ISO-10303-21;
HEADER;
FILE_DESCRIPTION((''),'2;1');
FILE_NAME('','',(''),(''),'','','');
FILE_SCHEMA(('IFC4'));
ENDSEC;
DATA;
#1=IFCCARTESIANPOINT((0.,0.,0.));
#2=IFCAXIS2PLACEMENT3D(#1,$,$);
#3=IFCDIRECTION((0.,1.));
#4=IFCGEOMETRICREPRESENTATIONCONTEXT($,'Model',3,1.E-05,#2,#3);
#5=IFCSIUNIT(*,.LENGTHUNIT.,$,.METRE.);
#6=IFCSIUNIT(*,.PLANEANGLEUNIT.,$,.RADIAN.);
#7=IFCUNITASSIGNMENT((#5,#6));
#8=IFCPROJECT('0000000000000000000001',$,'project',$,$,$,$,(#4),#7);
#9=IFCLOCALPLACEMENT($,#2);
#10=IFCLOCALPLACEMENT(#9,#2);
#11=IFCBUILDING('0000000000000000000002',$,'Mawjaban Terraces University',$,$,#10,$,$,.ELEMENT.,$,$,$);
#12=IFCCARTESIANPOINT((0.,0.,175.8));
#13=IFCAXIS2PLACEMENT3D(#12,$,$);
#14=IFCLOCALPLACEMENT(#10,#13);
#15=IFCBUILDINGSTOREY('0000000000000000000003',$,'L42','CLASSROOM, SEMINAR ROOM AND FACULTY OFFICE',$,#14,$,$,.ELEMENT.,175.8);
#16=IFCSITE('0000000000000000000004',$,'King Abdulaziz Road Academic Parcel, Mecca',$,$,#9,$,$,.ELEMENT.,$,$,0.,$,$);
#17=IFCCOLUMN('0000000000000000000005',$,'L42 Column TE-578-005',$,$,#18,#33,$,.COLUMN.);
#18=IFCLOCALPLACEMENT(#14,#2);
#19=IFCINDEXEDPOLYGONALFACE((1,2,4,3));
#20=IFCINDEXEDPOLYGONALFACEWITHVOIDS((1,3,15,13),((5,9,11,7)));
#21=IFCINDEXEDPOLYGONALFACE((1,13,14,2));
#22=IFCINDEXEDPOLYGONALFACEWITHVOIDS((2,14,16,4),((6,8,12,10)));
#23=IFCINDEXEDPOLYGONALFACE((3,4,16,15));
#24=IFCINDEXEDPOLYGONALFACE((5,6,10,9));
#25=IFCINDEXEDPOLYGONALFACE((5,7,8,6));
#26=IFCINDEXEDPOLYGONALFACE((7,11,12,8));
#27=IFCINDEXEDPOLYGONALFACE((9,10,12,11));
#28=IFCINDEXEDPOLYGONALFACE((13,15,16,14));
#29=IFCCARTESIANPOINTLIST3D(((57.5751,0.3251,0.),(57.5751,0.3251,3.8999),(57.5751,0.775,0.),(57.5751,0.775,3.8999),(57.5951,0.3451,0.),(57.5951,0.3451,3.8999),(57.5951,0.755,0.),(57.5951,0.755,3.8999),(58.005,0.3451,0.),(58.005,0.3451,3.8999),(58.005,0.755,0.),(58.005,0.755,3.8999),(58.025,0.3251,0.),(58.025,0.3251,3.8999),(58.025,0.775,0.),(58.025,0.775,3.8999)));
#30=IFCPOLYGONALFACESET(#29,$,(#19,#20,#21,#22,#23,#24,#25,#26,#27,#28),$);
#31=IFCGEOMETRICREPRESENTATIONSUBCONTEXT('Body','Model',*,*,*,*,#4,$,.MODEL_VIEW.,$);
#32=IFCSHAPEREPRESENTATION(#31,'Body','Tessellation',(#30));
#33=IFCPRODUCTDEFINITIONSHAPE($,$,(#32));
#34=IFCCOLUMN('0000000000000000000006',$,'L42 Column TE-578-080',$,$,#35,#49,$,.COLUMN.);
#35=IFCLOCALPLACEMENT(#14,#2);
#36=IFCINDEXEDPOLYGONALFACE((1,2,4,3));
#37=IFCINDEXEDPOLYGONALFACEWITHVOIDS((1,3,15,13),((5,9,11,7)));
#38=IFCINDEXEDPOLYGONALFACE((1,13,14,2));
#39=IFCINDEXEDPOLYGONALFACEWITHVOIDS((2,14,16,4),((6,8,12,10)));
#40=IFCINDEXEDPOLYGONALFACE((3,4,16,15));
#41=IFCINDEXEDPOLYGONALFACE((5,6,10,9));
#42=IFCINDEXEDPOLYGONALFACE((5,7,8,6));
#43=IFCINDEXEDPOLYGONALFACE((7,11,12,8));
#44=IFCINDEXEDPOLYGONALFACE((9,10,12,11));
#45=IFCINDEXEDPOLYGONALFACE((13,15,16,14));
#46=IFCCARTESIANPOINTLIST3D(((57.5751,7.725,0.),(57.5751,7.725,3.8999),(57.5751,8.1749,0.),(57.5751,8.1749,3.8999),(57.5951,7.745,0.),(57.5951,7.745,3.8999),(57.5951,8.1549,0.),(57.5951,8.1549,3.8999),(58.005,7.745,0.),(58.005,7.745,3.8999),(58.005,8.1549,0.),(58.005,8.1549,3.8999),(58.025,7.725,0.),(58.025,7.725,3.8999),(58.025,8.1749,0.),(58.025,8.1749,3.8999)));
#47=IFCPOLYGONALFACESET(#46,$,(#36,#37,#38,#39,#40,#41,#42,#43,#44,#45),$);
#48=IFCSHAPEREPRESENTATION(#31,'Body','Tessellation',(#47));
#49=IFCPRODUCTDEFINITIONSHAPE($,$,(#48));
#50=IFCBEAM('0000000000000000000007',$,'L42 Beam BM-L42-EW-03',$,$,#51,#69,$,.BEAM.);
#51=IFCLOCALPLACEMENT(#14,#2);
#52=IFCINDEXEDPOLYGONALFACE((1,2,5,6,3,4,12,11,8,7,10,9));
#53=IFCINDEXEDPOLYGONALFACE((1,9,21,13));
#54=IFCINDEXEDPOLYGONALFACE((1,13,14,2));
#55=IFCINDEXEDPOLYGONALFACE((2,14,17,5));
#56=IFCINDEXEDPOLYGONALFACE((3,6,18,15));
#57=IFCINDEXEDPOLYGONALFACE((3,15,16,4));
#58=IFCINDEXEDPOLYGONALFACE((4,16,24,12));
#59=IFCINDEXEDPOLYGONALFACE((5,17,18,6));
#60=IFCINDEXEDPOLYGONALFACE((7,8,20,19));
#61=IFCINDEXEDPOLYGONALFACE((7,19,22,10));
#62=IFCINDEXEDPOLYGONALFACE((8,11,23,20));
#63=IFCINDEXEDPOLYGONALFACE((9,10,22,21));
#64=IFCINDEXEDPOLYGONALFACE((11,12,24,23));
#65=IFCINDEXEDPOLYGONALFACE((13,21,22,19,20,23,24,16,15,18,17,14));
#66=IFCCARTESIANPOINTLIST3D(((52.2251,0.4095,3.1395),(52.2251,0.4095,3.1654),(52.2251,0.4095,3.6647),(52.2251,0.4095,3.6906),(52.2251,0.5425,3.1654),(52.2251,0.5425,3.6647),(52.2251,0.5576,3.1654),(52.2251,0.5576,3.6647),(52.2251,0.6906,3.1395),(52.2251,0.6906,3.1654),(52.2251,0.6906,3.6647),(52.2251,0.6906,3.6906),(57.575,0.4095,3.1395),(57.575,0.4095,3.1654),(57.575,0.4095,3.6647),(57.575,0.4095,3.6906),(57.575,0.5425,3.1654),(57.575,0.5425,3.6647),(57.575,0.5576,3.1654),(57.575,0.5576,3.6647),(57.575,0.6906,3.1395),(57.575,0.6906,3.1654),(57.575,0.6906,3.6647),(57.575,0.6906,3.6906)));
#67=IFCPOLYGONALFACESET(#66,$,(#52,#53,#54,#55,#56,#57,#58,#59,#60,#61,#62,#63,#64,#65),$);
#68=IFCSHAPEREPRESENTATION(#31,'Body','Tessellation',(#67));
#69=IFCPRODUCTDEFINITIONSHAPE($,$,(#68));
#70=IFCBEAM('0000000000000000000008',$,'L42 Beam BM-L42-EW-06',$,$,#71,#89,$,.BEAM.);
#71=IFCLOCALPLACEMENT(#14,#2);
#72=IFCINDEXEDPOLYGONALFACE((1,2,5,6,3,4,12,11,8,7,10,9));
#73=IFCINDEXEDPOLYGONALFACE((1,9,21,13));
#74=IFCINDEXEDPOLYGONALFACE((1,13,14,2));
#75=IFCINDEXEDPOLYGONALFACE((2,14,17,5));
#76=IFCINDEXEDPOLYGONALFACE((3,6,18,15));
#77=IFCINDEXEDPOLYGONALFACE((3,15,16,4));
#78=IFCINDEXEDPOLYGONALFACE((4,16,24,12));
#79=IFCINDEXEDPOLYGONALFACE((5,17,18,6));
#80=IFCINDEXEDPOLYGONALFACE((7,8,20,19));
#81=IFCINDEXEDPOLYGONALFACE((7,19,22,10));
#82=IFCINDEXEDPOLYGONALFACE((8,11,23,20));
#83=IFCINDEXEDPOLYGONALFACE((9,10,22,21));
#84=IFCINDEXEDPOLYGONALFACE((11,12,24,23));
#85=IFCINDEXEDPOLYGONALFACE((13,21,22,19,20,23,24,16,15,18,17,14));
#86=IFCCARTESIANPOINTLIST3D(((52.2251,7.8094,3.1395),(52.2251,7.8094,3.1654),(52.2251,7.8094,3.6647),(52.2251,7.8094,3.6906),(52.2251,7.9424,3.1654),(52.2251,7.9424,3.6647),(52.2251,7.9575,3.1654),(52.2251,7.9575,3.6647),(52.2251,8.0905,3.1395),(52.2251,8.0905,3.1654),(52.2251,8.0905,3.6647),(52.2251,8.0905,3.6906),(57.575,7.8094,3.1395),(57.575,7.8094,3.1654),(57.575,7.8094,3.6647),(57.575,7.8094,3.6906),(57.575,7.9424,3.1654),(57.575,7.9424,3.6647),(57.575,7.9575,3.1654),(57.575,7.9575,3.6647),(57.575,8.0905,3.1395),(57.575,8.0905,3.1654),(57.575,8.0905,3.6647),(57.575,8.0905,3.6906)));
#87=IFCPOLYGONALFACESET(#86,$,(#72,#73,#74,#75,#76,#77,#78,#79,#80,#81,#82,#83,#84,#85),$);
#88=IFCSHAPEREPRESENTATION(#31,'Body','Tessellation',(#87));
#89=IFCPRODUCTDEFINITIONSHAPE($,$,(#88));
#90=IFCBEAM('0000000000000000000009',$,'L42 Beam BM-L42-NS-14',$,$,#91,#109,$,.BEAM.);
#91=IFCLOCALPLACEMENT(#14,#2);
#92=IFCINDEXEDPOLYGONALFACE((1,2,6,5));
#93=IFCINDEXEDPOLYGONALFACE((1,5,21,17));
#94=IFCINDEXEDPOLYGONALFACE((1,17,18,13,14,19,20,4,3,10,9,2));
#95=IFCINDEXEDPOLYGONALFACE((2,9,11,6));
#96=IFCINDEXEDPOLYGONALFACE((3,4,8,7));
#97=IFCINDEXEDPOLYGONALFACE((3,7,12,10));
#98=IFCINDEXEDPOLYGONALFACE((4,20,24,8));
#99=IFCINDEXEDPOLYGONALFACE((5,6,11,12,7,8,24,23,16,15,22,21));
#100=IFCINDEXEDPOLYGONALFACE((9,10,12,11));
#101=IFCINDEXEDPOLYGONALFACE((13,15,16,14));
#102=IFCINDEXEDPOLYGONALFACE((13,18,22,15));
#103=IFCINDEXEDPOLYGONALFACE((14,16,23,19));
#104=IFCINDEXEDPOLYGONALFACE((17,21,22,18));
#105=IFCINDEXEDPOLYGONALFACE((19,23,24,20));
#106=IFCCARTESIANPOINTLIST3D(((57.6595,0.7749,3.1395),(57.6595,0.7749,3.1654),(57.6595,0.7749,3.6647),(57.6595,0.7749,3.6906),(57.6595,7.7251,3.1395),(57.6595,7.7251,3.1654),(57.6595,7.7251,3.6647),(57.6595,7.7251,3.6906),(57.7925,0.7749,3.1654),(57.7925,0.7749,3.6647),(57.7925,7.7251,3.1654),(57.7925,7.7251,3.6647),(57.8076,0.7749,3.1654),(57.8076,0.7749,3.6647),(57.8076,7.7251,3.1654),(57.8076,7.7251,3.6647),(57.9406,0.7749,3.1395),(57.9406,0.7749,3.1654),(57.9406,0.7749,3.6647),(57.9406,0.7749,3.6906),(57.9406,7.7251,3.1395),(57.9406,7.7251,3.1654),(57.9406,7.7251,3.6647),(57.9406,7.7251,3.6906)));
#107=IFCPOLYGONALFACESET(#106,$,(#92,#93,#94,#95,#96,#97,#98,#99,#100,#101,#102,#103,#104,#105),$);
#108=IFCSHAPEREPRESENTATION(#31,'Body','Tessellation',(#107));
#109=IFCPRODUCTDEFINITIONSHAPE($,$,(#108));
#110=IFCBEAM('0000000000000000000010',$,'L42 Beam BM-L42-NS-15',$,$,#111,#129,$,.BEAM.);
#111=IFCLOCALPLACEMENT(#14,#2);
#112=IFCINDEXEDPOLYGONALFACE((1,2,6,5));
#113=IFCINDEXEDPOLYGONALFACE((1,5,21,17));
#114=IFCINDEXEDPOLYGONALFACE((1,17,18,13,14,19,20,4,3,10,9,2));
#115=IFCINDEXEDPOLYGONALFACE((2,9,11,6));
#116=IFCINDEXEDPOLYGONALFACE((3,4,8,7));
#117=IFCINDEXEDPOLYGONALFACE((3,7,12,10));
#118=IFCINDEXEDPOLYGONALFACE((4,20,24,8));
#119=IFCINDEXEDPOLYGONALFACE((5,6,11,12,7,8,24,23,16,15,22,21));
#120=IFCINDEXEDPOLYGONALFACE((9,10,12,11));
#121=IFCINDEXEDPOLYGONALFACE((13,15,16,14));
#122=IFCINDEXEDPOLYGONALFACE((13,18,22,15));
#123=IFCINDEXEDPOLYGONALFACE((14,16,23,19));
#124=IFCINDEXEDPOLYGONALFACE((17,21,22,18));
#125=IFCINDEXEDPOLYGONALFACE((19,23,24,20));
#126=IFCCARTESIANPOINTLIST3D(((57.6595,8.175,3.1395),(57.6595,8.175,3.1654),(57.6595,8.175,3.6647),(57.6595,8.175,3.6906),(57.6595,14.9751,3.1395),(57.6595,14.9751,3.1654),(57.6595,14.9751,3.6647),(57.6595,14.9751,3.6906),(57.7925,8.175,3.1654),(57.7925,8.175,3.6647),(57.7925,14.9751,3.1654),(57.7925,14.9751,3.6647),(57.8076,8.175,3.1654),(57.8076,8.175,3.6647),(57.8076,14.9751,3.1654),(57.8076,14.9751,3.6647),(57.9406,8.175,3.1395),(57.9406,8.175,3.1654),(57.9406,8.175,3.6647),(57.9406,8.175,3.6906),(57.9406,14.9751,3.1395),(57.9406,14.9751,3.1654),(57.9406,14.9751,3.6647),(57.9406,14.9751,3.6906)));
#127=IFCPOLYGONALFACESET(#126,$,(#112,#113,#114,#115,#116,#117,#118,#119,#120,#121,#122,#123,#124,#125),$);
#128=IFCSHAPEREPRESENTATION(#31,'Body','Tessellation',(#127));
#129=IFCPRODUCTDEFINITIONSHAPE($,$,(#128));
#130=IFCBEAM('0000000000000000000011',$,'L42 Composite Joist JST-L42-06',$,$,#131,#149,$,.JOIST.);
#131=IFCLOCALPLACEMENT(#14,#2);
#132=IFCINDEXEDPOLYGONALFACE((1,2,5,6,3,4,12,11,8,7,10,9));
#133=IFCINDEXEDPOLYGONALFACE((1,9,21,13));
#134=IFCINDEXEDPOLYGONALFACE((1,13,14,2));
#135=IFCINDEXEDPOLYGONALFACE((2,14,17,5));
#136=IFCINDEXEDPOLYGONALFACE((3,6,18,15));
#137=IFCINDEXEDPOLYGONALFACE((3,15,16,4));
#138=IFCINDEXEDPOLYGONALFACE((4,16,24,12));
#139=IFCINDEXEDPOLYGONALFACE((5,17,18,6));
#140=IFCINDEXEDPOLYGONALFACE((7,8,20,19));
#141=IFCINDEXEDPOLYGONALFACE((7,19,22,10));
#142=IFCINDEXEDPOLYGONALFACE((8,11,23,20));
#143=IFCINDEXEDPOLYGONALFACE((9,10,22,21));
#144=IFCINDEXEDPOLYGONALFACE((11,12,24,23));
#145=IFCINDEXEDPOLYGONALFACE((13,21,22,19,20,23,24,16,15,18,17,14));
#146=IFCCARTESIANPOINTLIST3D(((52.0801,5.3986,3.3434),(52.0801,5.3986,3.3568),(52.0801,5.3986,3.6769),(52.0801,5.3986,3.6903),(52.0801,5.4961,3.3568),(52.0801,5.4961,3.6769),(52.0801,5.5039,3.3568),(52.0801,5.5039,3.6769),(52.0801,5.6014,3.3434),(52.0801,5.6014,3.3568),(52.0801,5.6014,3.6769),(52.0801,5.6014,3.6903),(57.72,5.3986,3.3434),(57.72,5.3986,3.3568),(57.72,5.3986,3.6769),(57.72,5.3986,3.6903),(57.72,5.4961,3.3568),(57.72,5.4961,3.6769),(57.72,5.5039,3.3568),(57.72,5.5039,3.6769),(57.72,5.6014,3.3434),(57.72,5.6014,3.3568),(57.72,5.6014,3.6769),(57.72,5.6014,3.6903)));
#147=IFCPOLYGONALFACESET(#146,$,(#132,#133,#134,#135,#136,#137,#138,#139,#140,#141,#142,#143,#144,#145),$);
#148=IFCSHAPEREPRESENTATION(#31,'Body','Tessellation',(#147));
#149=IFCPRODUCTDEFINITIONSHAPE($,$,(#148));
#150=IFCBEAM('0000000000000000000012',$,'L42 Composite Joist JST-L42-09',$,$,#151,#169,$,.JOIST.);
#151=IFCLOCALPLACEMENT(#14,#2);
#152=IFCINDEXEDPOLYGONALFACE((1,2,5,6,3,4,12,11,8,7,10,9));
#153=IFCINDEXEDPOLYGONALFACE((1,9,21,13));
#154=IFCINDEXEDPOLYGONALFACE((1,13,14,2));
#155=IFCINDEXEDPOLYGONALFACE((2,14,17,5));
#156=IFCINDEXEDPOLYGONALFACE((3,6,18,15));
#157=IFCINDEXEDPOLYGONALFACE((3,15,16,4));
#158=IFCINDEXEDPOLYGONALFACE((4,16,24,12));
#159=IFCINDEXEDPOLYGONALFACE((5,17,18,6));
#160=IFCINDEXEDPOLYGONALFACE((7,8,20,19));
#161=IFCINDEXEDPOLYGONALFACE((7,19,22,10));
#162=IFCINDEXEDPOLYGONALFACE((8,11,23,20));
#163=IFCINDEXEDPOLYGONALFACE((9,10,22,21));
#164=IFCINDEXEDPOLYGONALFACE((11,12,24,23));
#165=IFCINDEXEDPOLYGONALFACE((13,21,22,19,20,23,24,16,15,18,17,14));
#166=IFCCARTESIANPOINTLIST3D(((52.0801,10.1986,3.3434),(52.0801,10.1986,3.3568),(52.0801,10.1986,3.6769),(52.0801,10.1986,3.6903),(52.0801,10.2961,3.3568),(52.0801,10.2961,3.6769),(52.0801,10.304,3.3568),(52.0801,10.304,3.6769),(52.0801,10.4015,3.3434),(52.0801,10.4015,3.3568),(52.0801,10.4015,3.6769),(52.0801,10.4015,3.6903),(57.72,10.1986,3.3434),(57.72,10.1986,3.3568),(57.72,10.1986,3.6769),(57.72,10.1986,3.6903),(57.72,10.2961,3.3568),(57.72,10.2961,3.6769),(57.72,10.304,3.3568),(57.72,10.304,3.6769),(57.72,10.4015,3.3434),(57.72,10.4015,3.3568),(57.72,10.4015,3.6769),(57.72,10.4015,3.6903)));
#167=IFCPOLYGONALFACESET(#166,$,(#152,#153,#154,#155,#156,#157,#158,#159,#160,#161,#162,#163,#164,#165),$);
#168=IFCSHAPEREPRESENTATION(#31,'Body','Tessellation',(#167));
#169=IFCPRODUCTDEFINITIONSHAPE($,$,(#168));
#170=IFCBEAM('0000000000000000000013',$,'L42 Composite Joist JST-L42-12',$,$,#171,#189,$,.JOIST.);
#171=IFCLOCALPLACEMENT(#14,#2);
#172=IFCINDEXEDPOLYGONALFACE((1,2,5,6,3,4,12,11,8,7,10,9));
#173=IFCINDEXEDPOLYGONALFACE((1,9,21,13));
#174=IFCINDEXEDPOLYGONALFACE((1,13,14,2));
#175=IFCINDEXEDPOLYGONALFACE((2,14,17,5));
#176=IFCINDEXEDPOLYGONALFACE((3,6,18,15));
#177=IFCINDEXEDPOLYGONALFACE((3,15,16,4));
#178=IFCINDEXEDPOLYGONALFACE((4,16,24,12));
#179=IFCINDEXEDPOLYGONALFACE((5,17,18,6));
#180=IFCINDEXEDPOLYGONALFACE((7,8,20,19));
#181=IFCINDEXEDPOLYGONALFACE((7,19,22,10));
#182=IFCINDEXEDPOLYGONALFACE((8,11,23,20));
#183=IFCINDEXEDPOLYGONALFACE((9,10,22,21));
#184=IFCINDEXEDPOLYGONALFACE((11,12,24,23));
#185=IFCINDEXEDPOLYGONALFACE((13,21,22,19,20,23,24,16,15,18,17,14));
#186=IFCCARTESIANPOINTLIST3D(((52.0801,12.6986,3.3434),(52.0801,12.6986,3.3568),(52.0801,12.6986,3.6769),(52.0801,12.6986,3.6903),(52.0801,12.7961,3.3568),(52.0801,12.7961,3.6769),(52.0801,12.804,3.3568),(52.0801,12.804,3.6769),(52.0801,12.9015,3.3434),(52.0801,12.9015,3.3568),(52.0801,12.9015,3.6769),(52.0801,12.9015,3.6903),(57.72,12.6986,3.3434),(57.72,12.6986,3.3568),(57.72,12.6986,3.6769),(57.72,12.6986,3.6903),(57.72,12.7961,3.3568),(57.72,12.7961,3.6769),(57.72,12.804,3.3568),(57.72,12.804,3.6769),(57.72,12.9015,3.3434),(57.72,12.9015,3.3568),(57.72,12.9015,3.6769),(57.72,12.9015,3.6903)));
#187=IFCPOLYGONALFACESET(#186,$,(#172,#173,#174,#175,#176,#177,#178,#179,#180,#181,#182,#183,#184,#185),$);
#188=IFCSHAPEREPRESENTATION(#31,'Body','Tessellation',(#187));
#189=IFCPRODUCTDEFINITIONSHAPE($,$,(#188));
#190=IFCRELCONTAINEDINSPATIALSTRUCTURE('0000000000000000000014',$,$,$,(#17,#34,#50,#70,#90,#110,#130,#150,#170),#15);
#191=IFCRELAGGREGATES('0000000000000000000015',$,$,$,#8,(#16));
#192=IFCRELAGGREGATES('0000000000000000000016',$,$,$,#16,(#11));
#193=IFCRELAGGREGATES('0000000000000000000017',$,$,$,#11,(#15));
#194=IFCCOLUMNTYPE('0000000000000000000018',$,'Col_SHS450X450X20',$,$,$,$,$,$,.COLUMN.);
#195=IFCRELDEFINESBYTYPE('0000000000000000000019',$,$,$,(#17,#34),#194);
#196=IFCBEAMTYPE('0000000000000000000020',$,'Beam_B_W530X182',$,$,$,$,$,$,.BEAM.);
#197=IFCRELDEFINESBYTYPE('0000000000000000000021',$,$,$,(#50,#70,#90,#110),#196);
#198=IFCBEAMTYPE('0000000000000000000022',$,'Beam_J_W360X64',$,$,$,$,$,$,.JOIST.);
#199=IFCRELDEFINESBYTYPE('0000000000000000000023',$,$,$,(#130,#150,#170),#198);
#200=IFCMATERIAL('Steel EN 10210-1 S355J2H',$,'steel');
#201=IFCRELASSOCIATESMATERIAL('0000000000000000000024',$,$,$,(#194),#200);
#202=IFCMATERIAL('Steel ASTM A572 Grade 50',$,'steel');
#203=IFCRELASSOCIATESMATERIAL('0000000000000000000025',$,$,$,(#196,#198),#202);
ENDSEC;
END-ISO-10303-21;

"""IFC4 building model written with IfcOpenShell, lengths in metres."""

from ifc_helpers import new_model, si_unit, direction, frame, origin, origin_2d, place, context, subcontext, project, spatial, hollow_rectangle, i_section, extrude, material, material_profile, profile_set, type_object, element, save


model = new_model("IFC4")

# Units and contexts
model_context = context("Model", 3, precision=1e-05, world=origin(), true_north=direction((0.0, 1.0)))
body_context = subcontext(model_context, "Body", "Model", "MODEL_VIEW")
ifc_project = project(units=[si_unit("LENGTHUNIT", "METRE"), si_unit("PLANEANGLEUNIT", "RADIAN")], contexts=[model_context])

# Site, building, storey
site_placement = place(None, origin())
site = spatial("IfcSite", under=ifc_project, at=site_placement, Name="King Abdulaziz Road Academic Parcel, Mecca", CompositionType="ELEMENT", RefElevation=0.0)
building_placement = place(site_placement, origin())
building = spatial("IfcBuilding", under=site, at=building_placement, Name="Mawjaban Terraces University", CompositionType="ELEMENT")
storey_placement = place(building_placement, frame((0.0, 0.0, 175.8)))
storey = spatial("IfcBuildingStorey", under=building, at=storey_placement, Name="L42", Description="CLASSROOM, SEMINAR ROOM AND FACULTY OFFICE", CompositionType="ELEMENT", Elevation=175.8)

# Columns
ifc_material_1 = material(Name="Steel EN 10210-1 S355J2H", Category="steel")
ifc_material_profile_1 = material_profile(ifc_material_1, hollow_rectangle(XDim=0.45, YDim=0.45, WallThickness=0.02, at=origin_2d()), Name="SHS450X450X20")
ifc_profile_set_1 = profile_set([ifc_material_profile_1], Name="Steel EN 10210-1 S355J2H")
column_type = type_object("IfcColumnType", Name="Col_SHS450X450X20", PredefinedType="COLUMN", material=ifc_profile_set_1)
for number, where, z_axis, x_axis, name in (
    (1, (57.8, 0.55, 0.0), (0.0, 0.0, 1.0), (1.0, 0.0, 0.0), "L42 Column TE-578-005"),
    (2, (57.8, 7.95, 0.0), (0.0, 0.0, 1.0), (1.0, 0.0, 0.0), "L42 Column TE-578-080"),
):
    element("IfcColumn", number, at=place(storey_placement, frame(where, z_axis=z_axis, x_axis=x_axis)), inside=storey, type_object=column_type, Name=name, PredefinedType="COLUMN", context=body_context, shape_type="SweptSolid", body=[
        extrude(hollow_rectangle(XDim=0.45, YDim=0.45, WallThickness=0.02, at=origin_2d()), origin(), (0.0, 0.0, 1.0), 3.8999),
    ])

# Beams
ifc_material_2 = material(Name="Steel ASTM A572 Grade 50", Category="steel")
ifc_material_profile_2 = material_profile(ifc_material_2, i_section(OverallWidth=0.281, OverallDepth=0.551, WebThickness=0.0151, FlangeThickness=0.0259, at=origin_2d()), Name="W530X182")
ifc_profile_set_2 = profile_set([ifc_material_profile_2], Name="Steel ASTM A572 Grade 50")
beam_type_1 = type_object("IfcBeamType", Name="Beam_B_W530X182", PredefinedType="BEAM", material=ifc_profile_set_2)
for number, where, z_axis, x_axis, name in (
    (3, (52.2251, 0.55, 3.415), (1.0, 0.0, 0.0), (0.0, 1.0, 0.0), "L42 Beam BM-L42-EW-03"),
    (4, (52.2251, 7.95, 3.415), (1.0, 0.0, 0.0), (0.0, 1.0, 0.0), "L42 Beam BM-L42-EW-06"),
):
    element("IfcBeam", number, at=place(storey_placement, frame(where, z_axis=z_axis, x_axis=x_axis)), inside=storey, type_object=beam_type_1, Name=name, PredefinedType="BEAM", context=body_context, shape_type="SweptSolid", body=[
        extrude(i_section(OverallWidth=0.281, OverallDepth=0.551, WebThickness=0.0151, FlangeThickness=0.0259, at=origin_2d()), origin(), (0.0, 0.0, 1.0), 5.3499),
    ])
beam_1_placement = place(storey_placement, frame((57.8, 0.7749, 3.415), z_axis=(0.0, 1.0, 0.0), x_axis=(-1.0, 0.0, 0.0)))
element("IfcBeam", 5, at=beam_1_placement, inside=storey, type_object=beam_type_1, Name="L42 Beam BM-L42-NS-14", PredefinedType="BEAM", context=body_context, shape_type="SweptSolid", body=[
    extrude(i_section(OverallWidth=0.281, OverallDepth=0.551, WebThickness=0.0151, FlangeThickness=0.0259, at=origin_2d()), origin(), (0.0, 0.0, 1.0), 6.9502),
])
beam_2_placement = place(storey_placement, frame((57.8, 8.175, 3.415), z_axis=(0.0, 1.0, 0.0), x_axis=(-1.0, 0.0, 0.0)))
element("IfcBeam", 6, at=beam_2_placement, inside=storey, type_object=beam_type_1, Name="L42 Beam BM-L42-NS-15", PredefinedType="BEAM", context=body_context, shape_type="SweptSolid", body=[
    extrude(i_section(OverallWidth=0.281, OverallDepth=0.551, WebThickness=0.0151, FlangeThickness=0.0259, at=origin_2d()), origin(), (0.0, 0.0, 1.0), 6.8),
])
ifc_material_profile_3 = material_profile(ifc_material_2, i_section(OverallWidth=0.2029, OverallDepth=0.3469, WebThickness=0.0078, FlangeThickness=0.0134, at=origin_2d()), Name="W360X64")
ifc_profile_set_3 = profile_set([ifc_material_profile_3], Name="Steel ASTM A572 Grade 50")
beam_type_2 = type_object("IfcBeamType", Name="Beam_J_W360X64", PredefinedType="JOIST", material=ifc_profile_set_3)
for number, where, z_axis, x_axis, name in (
    (7, (52.0801, 5.5, 3.5168), (1.0, 0.0, 0.0), (0.0, 1.0, 0.0), "L42 Composite Joist JST-L42-06"),
    (8, (52.0801, 10.3, 3.5168), (1.0, 0.0, 0.0), (0.0, 1.0, 0.0), "L42 Composite Joist JST-L42-09"),
    (9, (52.0801, 12.8, 3.5168), (1.0, 0.0, 0.0), (0.0, 1.0, 0.0), "L42 Composite Joist JST-L42-12"),
):
    element("IfcBeam", number, at=place(storey_placement, frame(where, z_axis=z_axis, x_axis=x_axis)), inside=storey, type_object=beam_type_2, Name=name, PredefinedType="JOIST", context=body_context, shape_type="SweptSolid", body=[
        extrude(i_section(OverallWidth=0.2029, OverallDepth=0.3469, WebThickness=0.0078, FlangeThickness=0.0134, at=origin_2d()), origin(), (0.0, 0.0, 1.0), 5.6399),
    ])

save(model, "model.ifc")
